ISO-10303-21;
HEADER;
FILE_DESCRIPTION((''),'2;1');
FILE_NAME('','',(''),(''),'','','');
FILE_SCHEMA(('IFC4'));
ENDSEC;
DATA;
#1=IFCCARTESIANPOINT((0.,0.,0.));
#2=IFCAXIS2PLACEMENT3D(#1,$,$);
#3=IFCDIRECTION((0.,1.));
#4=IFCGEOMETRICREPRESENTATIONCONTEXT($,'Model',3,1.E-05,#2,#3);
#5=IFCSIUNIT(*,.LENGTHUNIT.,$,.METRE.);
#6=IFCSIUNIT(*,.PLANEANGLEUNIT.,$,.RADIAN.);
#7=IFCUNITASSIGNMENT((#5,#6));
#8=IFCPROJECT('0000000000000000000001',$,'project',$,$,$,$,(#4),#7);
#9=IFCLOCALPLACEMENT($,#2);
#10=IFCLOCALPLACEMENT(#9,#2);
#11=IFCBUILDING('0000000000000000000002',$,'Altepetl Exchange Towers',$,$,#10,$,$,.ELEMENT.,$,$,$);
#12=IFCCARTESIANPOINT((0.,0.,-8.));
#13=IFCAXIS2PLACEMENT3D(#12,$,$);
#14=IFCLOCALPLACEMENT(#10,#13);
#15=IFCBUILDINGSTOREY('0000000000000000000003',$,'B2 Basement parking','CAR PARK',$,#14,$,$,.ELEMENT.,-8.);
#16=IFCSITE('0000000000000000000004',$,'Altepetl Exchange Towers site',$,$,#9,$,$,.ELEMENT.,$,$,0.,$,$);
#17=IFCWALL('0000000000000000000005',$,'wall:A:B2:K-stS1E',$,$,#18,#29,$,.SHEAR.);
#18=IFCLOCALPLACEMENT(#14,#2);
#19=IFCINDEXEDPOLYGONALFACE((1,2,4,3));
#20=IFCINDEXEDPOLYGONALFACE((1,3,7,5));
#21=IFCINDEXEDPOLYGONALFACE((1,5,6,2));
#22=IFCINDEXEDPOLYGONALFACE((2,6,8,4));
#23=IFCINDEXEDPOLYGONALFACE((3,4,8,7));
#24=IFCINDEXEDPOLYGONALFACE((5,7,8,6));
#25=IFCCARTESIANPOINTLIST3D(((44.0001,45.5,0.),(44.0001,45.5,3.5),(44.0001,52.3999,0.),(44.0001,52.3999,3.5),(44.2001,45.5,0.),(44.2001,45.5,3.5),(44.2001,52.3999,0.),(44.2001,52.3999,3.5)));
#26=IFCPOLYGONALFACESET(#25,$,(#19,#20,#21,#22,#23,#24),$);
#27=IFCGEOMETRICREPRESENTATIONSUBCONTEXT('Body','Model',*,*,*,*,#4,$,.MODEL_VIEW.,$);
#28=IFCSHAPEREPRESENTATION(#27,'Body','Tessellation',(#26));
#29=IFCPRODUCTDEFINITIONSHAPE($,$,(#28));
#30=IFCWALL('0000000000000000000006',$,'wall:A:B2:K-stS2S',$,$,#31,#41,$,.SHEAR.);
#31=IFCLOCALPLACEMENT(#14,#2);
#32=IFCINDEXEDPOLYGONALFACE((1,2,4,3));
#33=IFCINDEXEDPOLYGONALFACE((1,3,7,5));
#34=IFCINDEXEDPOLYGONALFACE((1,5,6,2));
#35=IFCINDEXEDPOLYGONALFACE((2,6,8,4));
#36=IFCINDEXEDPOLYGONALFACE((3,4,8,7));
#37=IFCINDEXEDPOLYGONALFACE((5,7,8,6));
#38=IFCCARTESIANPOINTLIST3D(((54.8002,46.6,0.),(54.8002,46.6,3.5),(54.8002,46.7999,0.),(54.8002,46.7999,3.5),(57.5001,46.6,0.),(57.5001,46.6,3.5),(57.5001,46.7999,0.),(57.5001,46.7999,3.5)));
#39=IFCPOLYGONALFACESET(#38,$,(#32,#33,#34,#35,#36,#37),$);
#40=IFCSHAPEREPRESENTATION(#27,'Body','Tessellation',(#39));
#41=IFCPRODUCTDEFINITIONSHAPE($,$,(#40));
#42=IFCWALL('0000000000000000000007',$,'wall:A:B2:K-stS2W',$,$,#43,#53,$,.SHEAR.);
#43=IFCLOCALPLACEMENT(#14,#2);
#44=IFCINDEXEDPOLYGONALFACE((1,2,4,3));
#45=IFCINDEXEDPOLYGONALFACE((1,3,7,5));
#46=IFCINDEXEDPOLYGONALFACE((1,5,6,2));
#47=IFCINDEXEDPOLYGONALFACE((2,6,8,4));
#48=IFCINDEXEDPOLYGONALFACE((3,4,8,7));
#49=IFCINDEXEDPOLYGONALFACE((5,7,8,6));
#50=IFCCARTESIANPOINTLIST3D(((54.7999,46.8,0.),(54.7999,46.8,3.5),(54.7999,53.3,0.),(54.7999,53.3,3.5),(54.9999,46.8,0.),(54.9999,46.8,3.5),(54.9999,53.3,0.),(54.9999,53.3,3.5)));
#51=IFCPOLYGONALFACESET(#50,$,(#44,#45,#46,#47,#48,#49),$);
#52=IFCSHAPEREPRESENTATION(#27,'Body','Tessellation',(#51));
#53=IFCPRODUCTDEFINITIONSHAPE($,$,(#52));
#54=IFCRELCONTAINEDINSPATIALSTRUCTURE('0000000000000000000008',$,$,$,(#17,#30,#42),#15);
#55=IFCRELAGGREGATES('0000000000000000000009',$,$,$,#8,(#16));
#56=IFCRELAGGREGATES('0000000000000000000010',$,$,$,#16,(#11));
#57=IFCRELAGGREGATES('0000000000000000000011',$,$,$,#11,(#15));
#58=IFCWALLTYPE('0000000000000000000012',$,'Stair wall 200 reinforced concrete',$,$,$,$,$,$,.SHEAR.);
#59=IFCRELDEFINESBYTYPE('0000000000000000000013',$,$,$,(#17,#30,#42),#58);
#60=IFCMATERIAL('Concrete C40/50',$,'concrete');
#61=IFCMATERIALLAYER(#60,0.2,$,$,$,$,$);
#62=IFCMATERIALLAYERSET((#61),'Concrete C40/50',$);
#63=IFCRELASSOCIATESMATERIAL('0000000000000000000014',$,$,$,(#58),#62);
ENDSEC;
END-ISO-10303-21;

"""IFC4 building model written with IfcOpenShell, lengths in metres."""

from ifc_helpers import new_model, si_unit, direction, frame, frame_2d, origin, place, context, subcontext, project, spatial, rectangle, extrude, material, layer, layer_set, type_object, element, save


model = new_model("IFC4")

# Units and contexts
model_context = context("Model", 3, precision=1e-05, world=origin(), true_north=direction((0.0, 1.0)))
body_context = subcontext(model_context, "Body", "Model", "MODEL_VIEW")
ifc_project = project(units=[si_unit("LENGTHUNIT", "METRE"), si_unit("PLANEANGLEUNIT", "RADIAN")], contexts=[model_context])

# Site, building, storey
site_placement = place(None, origin())
site = spatial("IfcSite", under=ifc_project, at=site_placement, Name="Altepetl Exchange Towers site", CompositionType="ELEMENT", RefElevation=0.0)
building_placement = place(site_placement, origin())
building = spatial("IfcBuilding", under=site, at=building_placement, Name="Altepetl Exchange Towers", CompositionType="ELEMENT")
storey_placement = place(building_placement, frame((0.0, 0.0, -8.0)))
storey = spatial("IfcBuildingStorey", under=building, at=storey_placement, Name="B2 Basement parking", Description="CAR PARK", CompositionType="ELEMENT", Elevation=-8.0)

# Walls
ifc_material_1 = material(Name="Concrete C40/50", Category="concrete")
ifc_layer_1 = layer(ifc_material_1, 0.2)
ifc_layer_set_1 = layer_set([ifc_layer_1], Name="Concrete C40/50")
wall_type_1 = type_object("IfcWallType", Name="Stair wall 200 reinforced concrete", PredefinedType="SHEAR", material=ifc_layer_set_1)
wall_1_placement = place(storey_placement, frame((44.1001, 45.5, 0.0), z_axis=(0.0, 0.0, 1.0), x_axis=(0.0, 1.0, 0.0)))
element("IfcWall", 1, at=wall_1_placement, inside=storey, type_object=wall_type_1, Name="wall:A:B2:K-stS1E", PredefinedType="SHEAR", context=body_context, shape_type="SweptSolid", body=[
    extrude(rectangle(XDim=6.8999, YDim=0.2, at=frame_2d((3.45, 0.0))), origin(), (0.0, 0.0, 1.0), 3.5),
])
wall_2_placement = place(storey_placement, frame((54.8, 46.7, 0.0)))
element("IfcWall", 2, at=wall_2_placement, inside=storey, type_object=wall_type_1, Name="wall:A:B2:K-stS2S", PredefinedType="SHEAR", context=body_context, shape_type="SweptSolid", body=[
    extrude(rectangle(XDim=2.7, YDim=0.2, at=frame_2d((1.3501, 0.0))), origin(), (0.0, 0.0, 1.0), 3.5),
])
wall_3_placement = place(storey_placement, frame((54.8999, 46.8, 0.0), z_axis=(0.0, 0.0, 1.0), x_axis=(0.0, 1.0, 0.0)))
element("IfcWall", 3, at=wall_3_placement, inside=storey, type_object=wall_type_1, Name="wall:A:B2:K-stS2W", PredefinedType="SHEAR", context=body_context, shape_type="SweptSolid", body=[
    extrude(rectangle(XDim=6.5, YDim=0.2, at=frame_2d((3.25, 0.0))), origin(), (0.0, 0.0, 1.0), 3.5),
])

save(model, "model.ifc")
